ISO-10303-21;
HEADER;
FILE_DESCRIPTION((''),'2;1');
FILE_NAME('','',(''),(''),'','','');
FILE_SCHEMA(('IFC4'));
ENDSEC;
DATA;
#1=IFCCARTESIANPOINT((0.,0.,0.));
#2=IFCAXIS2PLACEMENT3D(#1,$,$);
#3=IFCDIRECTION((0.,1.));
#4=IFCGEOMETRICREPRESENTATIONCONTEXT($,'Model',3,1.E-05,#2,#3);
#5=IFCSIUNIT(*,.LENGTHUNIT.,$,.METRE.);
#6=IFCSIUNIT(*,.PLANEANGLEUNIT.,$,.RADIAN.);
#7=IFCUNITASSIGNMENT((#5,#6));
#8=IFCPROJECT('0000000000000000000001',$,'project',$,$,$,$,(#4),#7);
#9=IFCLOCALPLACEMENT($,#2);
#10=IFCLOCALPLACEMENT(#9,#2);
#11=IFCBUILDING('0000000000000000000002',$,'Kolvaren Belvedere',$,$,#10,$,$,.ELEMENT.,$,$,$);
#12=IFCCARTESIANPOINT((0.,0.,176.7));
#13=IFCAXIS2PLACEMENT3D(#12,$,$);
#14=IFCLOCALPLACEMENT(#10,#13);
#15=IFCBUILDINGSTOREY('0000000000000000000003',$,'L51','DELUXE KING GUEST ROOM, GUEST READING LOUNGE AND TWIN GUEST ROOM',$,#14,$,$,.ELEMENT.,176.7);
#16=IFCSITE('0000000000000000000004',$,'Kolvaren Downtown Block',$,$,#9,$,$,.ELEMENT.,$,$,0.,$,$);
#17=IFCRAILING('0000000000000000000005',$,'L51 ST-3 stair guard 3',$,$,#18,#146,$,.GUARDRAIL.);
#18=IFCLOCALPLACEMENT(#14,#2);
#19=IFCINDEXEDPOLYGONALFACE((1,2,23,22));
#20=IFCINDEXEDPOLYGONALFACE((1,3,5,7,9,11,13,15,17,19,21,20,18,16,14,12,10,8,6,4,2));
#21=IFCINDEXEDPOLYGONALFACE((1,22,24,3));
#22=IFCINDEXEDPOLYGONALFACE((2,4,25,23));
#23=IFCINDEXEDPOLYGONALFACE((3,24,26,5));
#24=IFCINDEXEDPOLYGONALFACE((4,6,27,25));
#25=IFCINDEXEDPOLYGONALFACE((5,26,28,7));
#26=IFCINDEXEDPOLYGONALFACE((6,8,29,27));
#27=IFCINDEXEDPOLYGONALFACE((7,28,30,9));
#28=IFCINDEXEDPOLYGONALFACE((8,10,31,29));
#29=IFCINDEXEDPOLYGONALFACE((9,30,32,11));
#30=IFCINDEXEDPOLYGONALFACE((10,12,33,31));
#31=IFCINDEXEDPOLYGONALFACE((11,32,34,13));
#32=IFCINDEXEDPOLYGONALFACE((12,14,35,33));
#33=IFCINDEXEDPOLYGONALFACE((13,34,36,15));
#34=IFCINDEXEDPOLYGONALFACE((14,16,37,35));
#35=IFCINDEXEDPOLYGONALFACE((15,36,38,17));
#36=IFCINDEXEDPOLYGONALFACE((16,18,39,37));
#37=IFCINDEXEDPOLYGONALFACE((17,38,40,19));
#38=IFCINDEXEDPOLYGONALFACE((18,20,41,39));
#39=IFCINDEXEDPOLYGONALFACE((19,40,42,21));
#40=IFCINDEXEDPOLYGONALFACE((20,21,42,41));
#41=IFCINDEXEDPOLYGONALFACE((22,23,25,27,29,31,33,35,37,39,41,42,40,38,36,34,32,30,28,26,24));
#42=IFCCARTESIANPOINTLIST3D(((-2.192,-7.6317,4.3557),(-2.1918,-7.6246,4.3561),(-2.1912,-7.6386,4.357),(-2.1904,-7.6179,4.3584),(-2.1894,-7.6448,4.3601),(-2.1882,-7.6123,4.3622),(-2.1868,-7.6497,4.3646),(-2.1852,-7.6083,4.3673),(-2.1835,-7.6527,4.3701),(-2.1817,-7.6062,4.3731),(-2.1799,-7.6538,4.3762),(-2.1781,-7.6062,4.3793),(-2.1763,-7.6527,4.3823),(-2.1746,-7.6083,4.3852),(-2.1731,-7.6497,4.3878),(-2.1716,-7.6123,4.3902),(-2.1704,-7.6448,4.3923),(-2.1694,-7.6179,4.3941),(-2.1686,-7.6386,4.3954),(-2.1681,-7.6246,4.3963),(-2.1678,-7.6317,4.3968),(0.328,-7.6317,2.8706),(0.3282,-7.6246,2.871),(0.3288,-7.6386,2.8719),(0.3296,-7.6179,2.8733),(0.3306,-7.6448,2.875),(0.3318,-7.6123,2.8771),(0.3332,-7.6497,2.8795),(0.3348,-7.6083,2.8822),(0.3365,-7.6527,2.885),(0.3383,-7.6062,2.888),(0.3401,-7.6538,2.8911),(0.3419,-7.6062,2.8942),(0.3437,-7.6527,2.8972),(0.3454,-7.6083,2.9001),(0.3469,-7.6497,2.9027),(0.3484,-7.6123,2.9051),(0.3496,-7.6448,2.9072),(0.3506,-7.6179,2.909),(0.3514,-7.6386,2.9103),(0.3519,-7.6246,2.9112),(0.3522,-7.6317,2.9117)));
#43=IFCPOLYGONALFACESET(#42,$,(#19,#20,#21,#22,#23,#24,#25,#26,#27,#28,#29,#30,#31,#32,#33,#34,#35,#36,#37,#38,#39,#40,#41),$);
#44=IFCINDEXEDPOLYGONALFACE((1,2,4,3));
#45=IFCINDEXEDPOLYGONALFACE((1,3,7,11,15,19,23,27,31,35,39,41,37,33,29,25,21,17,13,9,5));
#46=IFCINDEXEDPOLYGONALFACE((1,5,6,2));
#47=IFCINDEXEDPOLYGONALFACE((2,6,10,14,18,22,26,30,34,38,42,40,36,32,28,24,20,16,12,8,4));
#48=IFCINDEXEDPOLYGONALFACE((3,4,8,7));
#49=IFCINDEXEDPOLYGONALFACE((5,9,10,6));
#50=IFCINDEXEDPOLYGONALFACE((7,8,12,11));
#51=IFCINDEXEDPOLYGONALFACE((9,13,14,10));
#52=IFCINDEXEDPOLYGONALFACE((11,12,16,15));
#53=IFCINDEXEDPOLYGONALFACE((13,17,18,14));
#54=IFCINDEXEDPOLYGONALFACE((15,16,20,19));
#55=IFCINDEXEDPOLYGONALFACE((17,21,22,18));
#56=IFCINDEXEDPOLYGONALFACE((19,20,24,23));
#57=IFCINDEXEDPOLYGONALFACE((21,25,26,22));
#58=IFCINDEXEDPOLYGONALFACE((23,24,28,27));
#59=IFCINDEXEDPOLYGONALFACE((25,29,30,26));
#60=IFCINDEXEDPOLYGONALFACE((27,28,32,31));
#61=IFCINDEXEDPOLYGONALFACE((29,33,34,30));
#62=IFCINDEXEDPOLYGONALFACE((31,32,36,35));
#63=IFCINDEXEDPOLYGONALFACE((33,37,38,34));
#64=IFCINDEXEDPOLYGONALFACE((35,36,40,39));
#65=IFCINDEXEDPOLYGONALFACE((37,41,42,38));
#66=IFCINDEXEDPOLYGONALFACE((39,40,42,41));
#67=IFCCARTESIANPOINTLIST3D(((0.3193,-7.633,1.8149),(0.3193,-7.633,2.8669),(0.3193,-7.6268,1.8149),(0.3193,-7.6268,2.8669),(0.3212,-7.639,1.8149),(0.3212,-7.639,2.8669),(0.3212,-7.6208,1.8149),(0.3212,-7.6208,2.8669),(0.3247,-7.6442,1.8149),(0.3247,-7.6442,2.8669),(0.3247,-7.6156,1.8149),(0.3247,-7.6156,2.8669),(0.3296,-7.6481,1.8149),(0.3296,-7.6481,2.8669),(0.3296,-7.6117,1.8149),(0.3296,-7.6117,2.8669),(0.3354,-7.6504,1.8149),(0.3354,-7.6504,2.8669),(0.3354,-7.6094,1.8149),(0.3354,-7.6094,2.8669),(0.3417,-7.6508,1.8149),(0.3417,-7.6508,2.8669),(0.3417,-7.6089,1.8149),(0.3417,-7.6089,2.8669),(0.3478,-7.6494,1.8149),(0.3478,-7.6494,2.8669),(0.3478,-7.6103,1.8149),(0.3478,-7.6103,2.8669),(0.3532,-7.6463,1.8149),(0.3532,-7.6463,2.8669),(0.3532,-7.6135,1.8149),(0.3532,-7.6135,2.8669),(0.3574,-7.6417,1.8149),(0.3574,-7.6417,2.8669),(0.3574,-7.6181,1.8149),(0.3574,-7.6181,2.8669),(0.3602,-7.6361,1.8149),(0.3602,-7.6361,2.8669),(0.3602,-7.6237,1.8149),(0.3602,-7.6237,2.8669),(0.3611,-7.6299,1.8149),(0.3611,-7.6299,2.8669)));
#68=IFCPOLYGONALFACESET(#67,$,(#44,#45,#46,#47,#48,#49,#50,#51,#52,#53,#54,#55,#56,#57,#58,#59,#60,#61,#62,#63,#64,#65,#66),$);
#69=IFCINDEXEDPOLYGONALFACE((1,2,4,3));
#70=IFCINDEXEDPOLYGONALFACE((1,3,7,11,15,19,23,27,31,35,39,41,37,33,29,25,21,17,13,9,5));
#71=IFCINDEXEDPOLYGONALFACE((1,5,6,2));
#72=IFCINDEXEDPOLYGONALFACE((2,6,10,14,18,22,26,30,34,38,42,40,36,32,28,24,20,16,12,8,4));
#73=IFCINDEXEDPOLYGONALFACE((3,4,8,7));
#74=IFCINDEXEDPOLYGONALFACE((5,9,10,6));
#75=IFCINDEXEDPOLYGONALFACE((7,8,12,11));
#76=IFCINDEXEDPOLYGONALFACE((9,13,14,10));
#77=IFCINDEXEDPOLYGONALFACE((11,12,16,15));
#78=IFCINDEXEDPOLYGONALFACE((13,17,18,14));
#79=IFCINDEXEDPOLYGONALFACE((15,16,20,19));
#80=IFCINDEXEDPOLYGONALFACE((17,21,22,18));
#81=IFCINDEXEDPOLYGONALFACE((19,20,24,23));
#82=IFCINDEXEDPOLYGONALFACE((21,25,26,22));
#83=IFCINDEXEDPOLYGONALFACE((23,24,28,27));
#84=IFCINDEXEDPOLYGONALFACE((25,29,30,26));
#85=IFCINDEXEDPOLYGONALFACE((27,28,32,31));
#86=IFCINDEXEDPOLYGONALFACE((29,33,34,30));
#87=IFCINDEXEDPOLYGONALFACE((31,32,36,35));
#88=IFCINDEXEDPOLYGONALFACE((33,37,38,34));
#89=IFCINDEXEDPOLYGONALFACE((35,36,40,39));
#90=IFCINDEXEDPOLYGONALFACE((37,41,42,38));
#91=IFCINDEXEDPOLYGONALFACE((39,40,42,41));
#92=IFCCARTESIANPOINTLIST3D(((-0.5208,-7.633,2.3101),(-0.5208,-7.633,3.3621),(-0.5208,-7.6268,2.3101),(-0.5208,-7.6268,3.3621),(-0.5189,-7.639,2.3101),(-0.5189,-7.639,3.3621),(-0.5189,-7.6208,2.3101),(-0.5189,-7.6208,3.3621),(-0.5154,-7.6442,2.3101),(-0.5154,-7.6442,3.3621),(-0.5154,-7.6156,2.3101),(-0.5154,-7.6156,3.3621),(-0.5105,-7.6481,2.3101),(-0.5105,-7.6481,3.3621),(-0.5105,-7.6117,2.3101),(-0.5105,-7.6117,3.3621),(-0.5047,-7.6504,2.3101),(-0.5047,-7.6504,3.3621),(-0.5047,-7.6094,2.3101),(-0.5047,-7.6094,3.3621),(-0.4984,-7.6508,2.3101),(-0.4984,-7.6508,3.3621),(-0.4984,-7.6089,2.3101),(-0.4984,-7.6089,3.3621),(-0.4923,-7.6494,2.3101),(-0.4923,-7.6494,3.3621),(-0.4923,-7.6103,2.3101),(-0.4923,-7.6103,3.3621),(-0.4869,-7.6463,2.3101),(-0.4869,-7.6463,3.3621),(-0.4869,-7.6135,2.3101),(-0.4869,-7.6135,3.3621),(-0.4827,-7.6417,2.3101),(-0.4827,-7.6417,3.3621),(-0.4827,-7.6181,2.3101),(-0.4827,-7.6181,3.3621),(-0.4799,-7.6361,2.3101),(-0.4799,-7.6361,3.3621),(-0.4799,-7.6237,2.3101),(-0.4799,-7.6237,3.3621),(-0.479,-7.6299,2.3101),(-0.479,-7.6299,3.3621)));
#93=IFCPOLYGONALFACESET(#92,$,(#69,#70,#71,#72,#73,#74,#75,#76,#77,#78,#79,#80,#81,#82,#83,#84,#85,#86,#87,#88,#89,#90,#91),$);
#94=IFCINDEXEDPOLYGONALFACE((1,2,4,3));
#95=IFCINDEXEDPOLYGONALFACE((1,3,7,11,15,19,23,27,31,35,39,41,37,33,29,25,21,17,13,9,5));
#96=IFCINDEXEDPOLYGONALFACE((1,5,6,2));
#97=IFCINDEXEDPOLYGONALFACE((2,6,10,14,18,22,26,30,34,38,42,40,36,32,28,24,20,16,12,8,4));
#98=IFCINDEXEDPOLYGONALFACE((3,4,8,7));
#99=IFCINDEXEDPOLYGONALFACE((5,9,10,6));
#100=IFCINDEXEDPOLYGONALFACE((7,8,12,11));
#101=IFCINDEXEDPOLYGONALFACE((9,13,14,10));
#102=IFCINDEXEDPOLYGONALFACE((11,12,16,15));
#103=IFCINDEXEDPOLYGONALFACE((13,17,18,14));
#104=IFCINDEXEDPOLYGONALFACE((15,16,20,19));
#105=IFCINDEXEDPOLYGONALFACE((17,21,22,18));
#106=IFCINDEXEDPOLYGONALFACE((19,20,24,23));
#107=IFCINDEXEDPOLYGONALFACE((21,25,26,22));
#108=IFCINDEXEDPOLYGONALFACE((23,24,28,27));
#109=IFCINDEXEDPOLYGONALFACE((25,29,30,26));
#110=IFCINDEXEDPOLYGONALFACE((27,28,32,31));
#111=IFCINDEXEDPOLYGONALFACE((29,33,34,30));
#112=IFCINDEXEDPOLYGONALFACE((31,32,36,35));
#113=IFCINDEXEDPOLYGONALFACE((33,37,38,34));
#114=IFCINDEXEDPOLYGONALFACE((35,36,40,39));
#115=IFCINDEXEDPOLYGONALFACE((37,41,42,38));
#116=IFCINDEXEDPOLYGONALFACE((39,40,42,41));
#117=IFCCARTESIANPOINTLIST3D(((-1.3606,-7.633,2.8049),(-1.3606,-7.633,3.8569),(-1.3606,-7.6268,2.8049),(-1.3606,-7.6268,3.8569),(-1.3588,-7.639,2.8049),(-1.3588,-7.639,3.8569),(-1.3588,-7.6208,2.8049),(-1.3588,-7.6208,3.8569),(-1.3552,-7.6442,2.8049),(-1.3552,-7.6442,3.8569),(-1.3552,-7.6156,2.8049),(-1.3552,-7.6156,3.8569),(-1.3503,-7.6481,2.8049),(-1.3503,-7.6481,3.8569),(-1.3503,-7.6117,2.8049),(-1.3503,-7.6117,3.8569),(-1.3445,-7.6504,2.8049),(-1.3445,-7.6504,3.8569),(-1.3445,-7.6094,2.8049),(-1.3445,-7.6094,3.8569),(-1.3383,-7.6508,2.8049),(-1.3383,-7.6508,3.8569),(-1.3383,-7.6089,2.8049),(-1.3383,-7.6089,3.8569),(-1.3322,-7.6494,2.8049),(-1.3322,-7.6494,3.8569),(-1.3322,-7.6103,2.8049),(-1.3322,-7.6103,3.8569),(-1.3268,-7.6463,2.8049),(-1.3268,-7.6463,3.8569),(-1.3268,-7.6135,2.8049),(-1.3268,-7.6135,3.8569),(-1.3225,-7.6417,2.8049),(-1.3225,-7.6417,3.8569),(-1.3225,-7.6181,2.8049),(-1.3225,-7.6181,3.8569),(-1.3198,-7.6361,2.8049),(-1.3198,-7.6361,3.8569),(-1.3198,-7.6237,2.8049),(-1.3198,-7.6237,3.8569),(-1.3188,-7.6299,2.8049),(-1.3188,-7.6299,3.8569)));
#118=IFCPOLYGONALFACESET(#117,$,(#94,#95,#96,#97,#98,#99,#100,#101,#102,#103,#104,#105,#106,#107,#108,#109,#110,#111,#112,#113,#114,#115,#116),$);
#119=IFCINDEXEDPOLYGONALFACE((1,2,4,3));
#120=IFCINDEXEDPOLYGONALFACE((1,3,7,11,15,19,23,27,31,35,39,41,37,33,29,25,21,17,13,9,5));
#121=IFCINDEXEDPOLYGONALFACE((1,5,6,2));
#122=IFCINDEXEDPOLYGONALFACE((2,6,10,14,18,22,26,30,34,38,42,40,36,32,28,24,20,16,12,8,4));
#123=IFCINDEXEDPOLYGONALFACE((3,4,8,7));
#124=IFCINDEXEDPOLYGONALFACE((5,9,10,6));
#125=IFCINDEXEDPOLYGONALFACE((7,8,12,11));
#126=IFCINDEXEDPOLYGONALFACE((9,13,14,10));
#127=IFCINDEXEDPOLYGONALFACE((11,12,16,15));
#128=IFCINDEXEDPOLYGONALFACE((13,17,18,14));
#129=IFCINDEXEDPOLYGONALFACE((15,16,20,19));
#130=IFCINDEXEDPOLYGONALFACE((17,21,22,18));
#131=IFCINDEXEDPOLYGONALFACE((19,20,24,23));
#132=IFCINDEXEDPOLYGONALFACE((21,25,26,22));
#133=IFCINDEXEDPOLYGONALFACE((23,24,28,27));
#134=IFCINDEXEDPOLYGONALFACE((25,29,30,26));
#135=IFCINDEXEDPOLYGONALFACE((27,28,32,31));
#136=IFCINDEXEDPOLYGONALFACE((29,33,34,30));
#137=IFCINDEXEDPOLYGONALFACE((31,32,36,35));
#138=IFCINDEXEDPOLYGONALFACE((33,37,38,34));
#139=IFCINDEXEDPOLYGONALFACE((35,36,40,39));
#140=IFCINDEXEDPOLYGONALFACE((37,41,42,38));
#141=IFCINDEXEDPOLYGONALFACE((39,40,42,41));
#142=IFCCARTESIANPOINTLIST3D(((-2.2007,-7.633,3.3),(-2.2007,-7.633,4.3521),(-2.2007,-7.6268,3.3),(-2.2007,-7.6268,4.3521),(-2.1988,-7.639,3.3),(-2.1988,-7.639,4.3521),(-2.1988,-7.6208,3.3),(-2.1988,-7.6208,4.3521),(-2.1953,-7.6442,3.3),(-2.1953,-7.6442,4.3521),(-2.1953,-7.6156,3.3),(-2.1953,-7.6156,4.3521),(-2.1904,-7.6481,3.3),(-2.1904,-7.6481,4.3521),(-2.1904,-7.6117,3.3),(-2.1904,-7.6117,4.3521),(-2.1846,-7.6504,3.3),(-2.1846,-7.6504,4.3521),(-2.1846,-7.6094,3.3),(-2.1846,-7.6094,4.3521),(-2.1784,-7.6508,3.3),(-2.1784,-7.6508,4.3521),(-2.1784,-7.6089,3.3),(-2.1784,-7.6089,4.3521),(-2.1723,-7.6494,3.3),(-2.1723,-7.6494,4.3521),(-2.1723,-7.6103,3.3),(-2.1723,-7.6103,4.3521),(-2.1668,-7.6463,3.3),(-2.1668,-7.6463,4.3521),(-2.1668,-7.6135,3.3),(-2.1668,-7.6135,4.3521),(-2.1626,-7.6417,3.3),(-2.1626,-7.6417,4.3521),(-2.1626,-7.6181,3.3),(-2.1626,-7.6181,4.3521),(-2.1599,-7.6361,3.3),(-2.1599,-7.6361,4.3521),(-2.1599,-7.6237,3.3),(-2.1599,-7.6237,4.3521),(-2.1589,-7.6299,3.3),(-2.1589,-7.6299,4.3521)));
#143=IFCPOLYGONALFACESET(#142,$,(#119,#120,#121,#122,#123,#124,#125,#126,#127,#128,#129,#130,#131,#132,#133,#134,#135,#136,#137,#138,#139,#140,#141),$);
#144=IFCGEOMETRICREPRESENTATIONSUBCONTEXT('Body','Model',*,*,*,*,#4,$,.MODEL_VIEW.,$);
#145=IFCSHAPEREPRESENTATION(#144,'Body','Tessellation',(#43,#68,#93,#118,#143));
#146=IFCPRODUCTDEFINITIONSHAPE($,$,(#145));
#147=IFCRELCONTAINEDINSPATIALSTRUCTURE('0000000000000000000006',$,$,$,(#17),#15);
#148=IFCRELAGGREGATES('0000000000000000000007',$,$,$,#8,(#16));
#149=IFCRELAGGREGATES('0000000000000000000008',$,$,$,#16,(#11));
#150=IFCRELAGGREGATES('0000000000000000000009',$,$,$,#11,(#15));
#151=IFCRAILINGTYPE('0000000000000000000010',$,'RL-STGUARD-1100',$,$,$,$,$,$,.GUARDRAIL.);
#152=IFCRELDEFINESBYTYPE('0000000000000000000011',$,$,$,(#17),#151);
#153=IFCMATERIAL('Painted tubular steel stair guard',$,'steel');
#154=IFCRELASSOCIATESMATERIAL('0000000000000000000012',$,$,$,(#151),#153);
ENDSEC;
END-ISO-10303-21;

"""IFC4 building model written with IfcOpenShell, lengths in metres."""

from ifc_helpers import new_model, si_unit, direction, frame, origin, origin_2d, place, context, subcontext, project, spatial, circle, extrude, material, type_object, element, save


model = new_model("IFC4")

# Units and contexts
model_context = context("Model", 3, precision=1e-05, world=origin(), true_north=direction((0.0, 1.0)))
body_context = subcontext(model_context, "Body", "Model", "MODEL_VIEW")
ifc_project = project(units=[si_unit("LENGTHUNIT", "METRE"), si_unit("PLANEANGLEUNIT", "RADIAN")], contexts=[model_context])

# Site, building, storey
site_placement = place(None, origin())
site = spatial("IfcSite", under=ifc_project, at=site_placement, Name="Kolvaren Downtown Block", CompositionType="ELEMENT", RefElevation=0.0)
building_placement = place(site_placement, origin())
building = spatial("IfcBuilding", under=site, at=building_placement, Name="Kolvaren Belvedere", CompositionType="ELEMENT")
storey_placement = place(building_placement, frame((0.0, 0.0, 176.7)))
storey = spatial("IfcBuildingStorey", under=building, at=storey_placement, Name="L51", Description="DELUXE KING GUEST ROOM, GUEST READING LOUNGE AND TWIN GUEST ROOM", CompositionType="ELEMENT", Elevation=176.7)

# Railing
ifc_material_1 = material(Name="Painted tubular steel stair guard", Category="steel")
railing_type_1 = type_object("IfcRailingType", Name="RL-STGUARD-1100", PredefinedType="GUARDRAIL", material=ifc_material_1)
railing_1_placement = place(storey_placement, frame((0.3401, -7.6299, 1.8149)))
element("IfcRailing", 1, at=railing_1_placement, inside=storey, type_object=railing_type_1, Name="L51 ST-3 stair guard 3", PredefinedType="GUARDRAIL", context=body_context, shape_type="SweptSolid", body=[
    extrude(circle(Radius=0.0239, at=origin_2d()), frame((0.0, 0.0, 1.0762), z_axis=(-0.861524, 0.0, 0.507717), x_axis=(0.0, -1.0, 0.0)), (0.0, 0.0, 1.0), 2.925),
    extrude(circle(Radius=0.021, at=origin_2d()), origin(), (0.0, 0.0, 1.0), 1.052),
    extrude(circle(Radius=0.021, at=origin_2d()), frame((-0.8401, 0.0, 0.4951)), (0.0, 0.0, 1.0), 1.052),
    extrude(circle(Radius=0.021, at=origin_2d()), frame((-1.6799, 0.0, 0.99)), (0.0, 0.0, 1.0), 1.052),
    extrude(circle(Radius=0.021, at=origin_2d()), frame((-2.52, 0.0, 1.4851)), (0.0, 0.0, 1.0), 1.052),
])

save(model, "model.ifc")
